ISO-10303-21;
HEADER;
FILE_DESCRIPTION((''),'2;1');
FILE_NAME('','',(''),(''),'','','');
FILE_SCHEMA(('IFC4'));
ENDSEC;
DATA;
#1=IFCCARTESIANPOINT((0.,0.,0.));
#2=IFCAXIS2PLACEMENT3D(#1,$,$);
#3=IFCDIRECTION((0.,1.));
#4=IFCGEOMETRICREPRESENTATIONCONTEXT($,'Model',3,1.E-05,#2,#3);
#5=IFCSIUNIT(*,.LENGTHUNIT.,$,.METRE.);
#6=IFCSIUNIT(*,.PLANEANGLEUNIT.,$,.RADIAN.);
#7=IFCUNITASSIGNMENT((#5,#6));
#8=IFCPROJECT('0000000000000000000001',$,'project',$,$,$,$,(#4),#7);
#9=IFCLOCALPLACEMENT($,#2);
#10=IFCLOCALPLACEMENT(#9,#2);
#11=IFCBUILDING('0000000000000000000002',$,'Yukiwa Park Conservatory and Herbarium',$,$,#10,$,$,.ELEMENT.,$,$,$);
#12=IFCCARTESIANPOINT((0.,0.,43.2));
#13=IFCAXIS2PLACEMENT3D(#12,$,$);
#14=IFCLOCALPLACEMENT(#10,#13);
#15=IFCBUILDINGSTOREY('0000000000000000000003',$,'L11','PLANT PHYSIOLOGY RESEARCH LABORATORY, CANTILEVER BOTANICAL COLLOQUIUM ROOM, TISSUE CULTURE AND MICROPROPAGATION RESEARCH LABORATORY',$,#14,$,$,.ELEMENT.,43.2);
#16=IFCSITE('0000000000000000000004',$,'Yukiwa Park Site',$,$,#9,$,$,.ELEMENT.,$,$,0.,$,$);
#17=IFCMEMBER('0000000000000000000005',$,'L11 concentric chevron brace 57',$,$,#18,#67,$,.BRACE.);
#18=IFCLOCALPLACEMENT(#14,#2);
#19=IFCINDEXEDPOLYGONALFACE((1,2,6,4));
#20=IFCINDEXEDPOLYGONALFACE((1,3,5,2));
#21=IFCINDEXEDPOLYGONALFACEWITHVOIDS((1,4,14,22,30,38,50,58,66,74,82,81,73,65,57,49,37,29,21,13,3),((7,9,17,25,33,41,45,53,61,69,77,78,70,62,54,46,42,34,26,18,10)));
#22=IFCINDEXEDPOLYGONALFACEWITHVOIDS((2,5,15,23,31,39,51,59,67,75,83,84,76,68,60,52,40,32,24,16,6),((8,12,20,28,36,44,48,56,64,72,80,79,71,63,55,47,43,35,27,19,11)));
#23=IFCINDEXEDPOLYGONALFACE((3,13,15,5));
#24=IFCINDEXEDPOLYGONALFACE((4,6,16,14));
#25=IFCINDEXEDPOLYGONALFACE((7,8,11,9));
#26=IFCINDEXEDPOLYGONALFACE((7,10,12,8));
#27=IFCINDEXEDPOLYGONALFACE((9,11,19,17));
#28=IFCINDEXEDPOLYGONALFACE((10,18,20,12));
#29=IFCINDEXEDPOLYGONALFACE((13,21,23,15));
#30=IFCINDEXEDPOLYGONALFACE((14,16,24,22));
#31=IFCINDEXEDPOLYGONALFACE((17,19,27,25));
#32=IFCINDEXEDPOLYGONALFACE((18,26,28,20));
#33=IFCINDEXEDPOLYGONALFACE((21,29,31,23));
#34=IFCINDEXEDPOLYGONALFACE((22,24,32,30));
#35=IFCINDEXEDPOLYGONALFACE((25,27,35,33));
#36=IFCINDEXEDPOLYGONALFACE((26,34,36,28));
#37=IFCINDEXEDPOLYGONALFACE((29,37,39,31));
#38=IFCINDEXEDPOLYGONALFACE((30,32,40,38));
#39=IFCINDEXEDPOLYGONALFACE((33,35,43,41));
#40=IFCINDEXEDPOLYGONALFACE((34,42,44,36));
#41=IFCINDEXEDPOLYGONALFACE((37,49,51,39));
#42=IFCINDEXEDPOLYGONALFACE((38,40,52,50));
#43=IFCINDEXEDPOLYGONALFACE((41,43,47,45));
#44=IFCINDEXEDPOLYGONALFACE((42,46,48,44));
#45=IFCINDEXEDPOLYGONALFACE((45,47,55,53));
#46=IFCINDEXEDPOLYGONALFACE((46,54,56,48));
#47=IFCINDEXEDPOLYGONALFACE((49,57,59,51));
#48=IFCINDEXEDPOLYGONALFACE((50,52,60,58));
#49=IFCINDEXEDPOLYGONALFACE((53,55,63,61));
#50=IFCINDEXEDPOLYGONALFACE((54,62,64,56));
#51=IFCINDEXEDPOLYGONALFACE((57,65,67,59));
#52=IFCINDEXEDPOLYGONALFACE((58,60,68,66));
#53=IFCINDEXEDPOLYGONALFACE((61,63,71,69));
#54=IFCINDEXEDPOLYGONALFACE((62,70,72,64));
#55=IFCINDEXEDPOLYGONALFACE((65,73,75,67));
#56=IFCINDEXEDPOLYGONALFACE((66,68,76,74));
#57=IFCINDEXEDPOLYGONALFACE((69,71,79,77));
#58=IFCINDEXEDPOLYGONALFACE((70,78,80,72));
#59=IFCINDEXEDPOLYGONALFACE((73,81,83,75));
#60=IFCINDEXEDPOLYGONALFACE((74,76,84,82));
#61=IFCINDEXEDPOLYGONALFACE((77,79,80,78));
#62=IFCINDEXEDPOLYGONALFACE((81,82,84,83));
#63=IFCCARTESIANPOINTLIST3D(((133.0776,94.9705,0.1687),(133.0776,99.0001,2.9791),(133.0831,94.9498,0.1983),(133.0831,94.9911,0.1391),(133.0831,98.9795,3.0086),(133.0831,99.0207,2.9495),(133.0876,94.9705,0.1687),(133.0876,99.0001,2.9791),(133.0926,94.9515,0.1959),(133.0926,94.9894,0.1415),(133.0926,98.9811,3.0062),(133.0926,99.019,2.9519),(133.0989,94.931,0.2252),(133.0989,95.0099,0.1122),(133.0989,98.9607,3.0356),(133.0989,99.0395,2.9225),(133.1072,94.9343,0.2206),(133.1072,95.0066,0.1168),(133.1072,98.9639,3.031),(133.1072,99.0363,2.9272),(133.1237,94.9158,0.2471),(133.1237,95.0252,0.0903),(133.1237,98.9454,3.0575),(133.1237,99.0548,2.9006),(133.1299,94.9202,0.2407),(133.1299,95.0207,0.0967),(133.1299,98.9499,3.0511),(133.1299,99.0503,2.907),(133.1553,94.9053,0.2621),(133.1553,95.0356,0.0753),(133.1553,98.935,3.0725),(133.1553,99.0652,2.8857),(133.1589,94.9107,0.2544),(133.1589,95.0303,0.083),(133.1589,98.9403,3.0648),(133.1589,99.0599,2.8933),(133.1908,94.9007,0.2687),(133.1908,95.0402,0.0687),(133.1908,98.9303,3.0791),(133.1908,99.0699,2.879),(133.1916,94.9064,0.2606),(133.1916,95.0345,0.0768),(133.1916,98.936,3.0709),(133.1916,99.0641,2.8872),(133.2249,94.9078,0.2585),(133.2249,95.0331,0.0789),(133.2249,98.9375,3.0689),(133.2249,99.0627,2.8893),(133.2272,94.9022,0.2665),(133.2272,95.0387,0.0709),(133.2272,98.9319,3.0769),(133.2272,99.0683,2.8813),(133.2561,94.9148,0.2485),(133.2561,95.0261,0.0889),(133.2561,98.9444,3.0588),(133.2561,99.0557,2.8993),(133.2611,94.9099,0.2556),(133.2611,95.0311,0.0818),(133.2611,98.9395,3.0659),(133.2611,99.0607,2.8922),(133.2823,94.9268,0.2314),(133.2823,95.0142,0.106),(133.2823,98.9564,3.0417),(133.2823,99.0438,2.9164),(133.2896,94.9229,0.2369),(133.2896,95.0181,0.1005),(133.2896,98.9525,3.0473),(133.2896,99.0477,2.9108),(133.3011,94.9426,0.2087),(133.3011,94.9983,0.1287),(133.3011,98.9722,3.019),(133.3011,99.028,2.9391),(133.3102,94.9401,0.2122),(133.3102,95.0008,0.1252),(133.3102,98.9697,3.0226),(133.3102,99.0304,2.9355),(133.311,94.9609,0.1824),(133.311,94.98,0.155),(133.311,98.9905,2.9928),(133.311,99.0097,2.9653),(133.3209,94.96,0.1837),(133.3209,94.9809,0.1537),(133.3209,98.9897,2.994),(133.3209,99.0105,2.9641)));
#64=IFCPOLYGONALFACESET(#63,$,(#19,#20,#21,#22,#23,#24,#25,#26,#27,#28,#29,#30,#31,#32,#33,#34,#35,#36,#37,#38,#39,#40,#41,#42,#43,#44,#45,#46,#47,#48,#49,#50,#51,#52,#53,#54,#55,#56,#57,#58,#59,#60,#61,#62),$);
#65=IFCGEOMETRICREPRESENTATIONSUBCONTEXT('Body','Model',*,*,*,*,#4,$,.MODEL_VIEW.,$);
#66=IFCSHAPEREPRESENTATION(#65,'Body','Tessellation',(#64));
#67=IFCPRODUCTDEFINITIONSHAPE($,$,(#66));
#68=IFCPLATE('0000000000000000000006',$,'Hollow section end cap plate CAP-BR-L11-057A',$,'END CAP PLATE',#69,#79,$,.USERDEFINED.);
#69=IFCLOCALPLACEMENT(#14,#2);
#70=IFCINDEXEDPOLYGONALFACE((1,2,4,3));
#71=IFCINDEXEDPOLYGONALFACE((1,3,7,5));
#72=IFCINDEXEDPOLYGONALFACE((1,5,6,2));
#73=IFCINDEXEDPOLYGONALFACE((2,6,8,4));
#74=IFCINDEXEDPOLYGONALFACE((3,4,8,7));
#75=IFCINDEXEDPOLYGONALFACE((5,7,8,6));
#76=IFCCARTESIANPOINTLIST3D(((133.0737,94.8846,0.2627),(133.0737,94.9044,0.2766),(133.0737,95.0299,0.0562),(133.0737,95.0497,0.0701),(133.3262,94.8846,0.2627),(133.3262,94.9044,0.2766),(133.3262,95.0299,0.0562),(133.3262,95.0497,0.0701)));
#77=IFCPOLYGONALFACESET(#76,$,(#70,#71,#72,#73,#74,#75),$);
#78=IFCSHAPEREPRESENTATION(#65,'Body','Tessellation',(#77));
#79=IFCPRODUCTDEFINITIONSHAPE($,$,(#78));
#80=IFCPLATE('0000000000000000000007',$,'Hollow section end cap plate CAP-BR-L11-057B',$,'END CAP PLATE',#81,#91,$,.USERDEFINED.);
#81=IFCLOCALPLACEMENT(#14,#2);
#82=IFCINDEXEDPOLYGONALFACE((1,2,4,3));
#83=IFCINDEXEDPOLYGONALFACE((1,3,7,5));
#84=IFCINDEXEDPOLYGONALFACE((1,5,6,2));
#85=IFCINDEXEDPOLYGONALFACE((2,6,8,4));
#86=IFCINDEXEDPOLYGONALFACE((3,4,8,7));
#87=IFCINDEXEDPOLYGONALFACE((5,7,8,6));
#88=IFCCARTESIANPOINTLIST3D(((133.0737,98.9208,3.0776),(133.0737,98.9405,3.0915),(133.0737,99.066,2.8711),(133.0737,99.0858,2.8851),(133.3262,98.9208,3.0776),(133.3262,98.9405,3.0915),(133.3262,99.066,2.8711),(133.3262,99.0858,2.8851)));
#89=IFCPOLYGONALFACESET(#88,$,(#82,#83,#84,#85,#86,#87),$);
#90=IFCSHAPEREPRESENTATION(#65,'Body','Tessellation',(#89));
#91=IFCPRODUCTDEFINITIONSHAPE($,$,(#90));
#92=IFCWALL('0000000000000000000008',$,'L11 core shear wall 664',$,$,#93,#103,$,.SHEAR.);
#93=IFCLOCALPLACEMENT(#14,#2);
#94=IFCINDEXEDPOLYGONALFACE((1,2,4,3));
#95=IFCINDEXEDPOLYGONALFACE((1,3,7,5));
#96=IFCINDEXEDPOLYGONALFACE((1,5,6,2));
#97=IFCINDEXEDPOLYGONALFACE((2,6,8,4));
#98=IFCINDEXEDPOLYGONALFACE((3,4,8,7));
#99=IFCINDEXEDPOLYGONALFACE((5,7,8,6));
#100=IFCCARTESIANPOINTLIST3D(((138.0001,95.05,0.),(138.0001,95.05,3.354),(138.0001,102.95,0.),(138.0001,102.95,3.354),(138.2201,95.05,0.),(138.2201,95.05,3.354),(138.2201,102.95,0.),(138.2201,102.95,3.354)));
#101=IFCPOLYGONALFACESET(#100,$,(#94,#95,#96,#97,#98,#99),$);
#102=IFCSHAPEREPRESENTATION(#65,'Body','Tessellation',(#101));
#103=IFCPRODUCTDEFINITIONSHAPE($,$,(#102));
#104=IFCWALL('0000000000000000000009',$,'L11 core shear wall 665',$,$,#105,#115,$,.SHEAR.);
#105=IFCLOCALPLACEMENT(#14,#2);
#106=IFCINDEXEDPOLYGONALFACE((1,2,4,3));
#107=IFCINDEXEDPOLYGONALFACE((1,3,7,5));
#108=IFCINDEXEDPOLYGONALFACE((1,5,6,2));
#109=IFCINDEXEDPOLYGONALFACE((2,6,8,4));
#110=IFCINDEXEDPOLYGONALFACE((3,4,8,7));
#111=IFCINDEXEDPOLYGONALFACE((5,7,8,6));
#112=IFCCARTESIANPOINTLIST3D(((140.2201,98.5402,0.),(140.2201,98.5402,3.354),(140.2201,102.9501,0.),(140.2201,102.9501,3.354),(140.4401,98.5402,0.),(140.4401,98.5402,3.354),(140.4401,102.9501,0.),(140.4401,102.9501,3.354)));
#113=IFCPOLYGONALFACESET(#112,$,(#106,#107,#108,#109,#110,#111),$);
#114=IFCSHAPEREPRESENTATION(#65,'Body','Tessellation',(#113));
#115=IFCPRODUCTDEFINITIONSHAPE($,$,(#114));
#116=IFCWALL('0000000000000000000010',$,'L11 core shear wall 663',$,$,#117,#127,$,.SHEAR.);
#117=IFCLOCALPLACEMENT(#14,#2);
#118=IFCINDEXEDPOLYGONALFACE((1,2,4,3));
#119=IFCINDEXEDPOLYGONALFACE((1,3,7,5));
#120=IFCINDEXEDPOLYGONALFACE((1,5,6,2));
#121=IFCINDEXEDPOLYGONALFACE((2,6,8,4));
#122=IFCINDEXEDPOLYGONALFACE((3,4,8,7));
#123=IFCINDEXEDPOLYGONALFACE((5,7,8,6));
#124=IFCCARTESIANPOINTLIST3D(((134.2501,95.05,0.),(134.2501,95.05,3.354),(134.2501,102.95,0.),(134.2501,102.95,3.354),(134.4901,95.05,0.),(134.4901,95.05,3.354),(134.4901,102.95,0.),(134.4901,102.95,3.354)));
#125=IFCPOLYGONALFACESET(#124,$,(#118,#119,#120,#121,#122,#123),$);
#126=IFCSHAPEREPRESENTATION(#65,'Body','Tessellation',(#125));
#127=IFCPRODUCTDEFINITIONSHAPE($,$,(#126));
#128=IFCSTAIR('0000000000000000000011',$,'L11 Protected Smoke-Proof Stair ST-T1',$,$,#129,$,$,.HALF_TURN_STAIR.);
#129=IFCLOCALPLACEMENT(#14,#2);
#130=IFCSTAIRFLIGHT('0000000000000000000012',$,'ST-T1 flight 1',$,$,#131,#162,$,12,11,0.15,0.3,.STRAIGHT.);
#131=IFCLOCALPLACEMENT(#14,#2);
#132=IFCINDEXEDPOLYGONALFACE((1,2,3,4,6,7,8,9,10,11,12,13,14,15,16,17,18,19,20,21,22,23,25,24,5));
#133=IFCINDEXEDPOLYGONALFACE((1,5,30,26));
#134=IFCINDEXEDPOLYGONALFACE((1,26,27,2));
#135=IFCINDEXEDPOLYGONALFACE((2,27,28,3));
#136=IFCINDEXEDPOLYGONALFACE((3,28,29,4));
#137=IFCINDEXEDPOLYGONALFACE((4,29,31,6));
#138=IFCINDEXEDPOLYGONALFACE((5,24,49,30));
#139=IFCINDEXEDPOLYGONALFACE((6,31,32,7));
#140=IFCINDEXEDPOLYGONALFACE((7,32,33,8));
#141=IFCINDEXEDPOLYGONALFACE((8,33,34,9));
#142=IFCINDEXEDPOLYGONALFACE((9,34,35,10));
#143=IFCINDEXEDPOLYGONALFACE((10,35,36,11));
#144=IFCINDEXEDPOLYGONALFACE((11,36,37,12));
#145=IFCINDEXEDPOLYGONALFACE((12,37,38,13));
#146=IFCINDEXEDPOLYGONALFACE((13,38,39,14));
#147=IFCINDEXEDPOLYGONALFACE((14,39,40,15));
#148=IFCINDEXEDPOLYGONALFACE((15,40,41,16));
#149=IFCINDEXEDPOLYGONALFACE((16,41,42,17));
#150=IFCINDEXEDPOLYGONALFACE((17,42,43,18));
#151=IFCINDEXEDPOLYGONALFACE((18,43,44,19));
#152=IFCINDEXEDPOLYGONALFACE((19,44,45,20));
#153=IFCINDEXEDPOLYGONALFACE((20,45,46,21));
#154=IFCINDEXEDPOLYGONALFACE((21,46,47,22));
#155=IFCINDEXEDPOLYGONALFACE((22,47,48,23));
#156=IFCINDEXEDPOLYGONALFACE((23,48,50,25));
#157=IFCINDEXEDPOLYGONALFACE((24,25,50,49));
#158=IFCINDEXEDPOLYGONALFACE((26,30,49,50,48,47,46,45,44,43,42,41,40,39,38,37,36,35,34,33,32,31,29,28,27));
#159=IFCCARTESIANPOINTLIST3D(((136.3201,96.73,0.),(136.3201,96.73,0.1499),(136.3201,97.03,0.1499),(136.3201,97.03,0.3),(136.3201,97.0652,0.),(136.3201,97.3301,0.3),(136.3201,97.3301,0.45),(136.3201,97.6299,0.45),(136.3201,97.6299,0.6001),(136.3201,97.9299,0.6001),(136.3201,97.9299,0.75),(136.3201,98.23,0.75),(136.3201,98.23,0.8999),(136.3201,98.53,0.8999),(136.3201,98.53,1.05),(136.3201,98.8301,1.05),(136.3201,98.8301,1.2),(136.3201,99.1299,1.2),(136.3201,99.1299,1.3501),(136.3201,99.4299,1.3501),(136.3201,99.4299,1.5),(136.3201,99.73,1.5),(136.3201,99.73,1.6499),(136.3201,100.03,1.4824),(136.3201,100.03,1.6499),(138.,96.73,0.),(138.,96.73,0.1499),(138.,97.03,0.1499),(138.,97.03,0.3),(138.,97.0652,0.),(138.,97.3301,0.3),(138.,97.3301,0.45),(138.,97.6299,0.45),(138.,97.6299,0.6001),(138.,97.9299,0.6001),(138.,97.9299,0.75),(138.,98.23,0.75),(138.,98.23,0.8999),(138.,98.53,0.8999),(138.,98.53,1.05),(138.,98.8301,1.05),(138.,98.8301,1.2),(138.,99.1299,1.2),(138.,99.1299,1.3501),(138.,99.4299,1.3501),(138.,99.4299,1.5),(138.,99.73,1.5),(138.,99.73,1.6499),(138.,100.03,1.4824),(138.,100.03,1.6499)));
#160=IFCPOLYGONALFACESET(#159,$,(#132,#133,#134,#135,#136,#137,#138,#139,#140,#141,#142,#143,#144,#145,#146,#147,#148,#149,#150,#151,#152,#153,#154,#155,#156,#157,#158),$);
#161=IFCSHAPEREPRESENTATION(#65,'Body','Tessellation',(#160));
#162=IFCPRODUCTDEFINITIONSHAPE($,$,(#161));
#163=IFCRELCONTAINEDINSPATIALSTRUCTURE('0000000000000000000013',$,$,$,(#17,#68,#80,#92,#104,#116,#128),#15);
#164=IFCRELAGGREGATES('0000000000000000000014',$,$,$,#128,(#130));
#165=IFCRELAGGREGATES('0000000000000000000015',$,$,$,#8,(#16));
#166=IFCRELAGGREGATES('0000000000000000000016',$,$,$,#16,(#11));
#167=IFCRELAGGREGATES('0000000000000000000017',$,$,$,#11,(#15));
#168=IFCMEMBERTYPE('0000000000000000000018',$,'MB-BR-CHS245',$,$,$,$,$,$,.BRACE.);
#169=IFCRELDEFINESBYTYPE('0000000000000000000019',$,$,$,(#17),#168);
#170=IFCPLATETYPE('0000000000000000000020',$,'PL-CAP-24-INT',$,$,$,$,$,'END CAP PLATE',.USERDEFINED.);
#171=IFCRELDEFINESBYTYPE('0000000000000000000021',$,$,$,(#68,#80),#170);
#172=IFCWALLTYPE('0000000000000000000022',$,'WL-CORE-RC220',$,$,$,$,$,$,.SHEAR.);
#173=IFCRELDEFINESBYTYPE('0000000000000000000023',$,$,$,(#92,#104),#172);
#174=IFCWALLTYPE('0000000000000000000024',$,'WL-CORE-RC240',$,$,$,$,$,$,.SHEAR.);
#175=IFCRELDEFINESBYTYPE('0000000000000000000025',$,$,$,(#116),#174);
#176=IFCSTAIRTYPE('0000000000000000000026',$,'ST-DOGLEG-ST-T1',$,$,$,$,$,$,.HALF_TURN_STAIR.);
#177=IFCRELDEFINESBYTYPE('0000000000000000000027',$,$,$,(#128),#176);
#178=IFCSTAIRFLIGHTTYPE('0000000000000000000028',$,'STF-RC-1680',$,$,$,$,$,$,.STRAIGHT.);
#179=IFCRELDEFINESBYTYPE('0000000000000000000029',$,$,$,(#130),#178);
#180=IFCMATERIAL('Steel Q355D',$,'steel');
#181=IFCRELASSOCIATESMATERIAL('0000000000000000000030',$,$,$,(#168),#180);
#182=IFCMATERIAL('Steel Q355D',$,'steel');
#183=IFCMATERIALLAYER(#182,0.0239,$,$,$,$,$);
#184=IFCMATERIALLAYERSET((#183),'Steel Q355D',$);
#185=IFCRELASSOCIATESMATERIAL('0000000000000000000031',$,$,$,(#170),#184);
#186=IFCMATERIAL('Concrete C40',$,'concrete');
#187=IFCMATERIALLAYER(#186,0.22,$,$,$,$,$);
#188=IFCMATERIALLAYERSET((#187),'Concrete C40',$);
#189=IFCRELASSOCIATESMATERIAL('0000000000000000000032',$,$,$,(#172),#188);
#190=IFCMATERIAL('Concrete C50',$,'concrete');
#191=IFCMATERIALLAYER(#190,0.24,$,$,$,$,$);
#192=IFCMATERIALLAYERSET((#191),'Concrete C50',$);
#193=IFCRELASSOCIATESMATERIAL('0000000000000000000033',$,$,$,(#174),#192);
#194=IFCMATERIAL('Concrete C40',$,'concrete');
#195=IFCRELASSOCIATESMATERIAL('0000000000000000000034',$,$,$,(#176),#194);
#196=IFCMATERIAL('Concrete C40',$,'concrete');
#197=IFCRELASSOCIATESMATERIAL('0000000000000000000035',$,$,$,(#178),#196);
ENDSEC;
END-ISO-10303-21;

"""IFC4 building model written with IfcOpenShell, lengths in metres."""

from ifc_helpers import new_model, si_unit, direction, frame, frame_2d, origin, origin_2d, place, context, subcontext, project, spatial, polyline, rectangle, hollow_circle, outline, extrude, material, layer, layer_set, material_profile, profile_set, type_object, element, aggregate, save


model = new_model("IFC4")

# Units and contexts
model_context = context("Model", 3, precision=1e-05, world=origin(), true_north=direction((0.0, 1.0)))
body_context = subcontext(model_context, "Body", "Model", "MODEL_VIEW")
ifc_project = project(units=[si_unit("LENGTHUNIT", "METRE"), si_unit("PLANEANGLEUNIT", "RADIAN")], contexts=[model_context])

# Site, building, storey
site_placement = place(None, origin())
site = spatial("IfcSite", under=ifc_project, at=site_placement, Name="Yukiwa Park Site", CompositionType="ELEMENT", RefElevation=0.0)
building_placement = place(site_placement, origin())
building = spatial("IfcBuilding", under=site, at=building_placement, Name="Yukiwa Park Conservatory and Herbarium", CompositionType="ELEMENT")
storey_placement = place(building_placement, frame((0.0, 0.0, 43.2)))
storey = spatial("IfcBuildingStorey", under=building, at=storey_placement, Name="L11", Description="PLANT PHYSIOLOGY RESEARCH LABORATORY, CANTILEVER BOTANICAL COLLOQUIUM ROOM, TISSUE CULTURE AND MICROPROPAGATION RESEARCH LABORATORY", CompositionType="ELEMENT", Elevation=43.2)

# Member
ifc_material_1 = material(Name="Steel Q355D", Category="steel")
ifc_material_profile_1 = material_profile(ifc_material_1, hollow_circle(Radius=0.1223, WallThickness=0.01, at=origin_2d()), Name="CHS 244.5x10")
ifc_profile_set_1 = profile_set([ifc_material_profile_1], Name="Steel Q355D")
member_type = type_object("IfcMemberType", Name="MB-BR-CHS245", PredefinedType="BRACE", material=ifc_profile_set_1)
member_placement = place(storey_placement, frame((133.2, 94.9705, 0.1687), z_axis=(0.0, 0.820223, 0.572044), x_axis=(-1.0, 0.0, 0.0)))
element("IfcMember", 1, at=member_placement, inside=storey, type_object=member_type, Name="L11 concentric chevron brace 57", PredefinedType="BRACE", context=body_context, shape_type="SweptSolid", body=[
    extrude(hollow_circle(Radius=0.1223, WallThickness=0.01, at=origin_2d()), origin(), (0.0, 0.0, 1.0), 4.9128),
])

# Plates
ifc_material_2 = material(Name="Steel Q355D", Category="steel")
ifc_layer_1 = layer(ifc_material_2, 0.0239)
ifc_layer_set_1 = layer_set([ifc_layer_1], Name="Steel Q355D")
plate_type = type_object("IfcPlateType", Name="PL-CAP-24-INT", ElementType="END CAP PLATE", PredefinedType="USERDEFINED", material=ifc_layer_set_1)
for number, where, z_axis, x_axis, name in (
    (2, (133.2, 94.9771, 0.1733), (0.0, -0.817806, -0.575493), (1.0, 0.0, 0.0), "Hollow section end cap plate CAP-BR-L11-057A"),
    (3, (133.2, 98.9934, 2.9744), (0.0, 0.817806, 0.575493), (-1.0, 0.0, 0.0), "Hollow section end cap plate CAP-BR-L11-057B"),
):
    element("IfcPlate", number, at=place(storey_placement, frame(where, z_axis=z_axis, x_axis=x_axis)), inside=storey, type_object=plate_type, Name=name, ObjectType="END CAP PLATE", PredefinedType="USERDEFINED", context=body_context, shape_type="SweptSolid", body=[
        extrude(rectangle(XDim=0.2524, YDim=0.2524, at=origin_2d()), origin(), (0.0, 0.0, 1.0), 0.0242),
    ])

# Walls
ifc_material_3 = material(Name="Concrete C40", Category="concrete")
ifc_layer_2 = layer(ifc_material_3, 0.22)
ifc_layer_set_2 = layer_set([ifc_layer_2], Name="Concrete C40")
wall_type_1 = type_object("IfcWallType", Name="WL-CORE-RC220", PredefinedType="SHEAR", material=ifc_layer_set_2)
wall_1_placement = place(storey_placement, frame((138.1101, 95.05, 0.0), z_axis=(0.0, 0.0, 1.0), x_axis=(0.0, 1.0, 0.0)))
element("IfcWall", 4, at=wall_1_placement, inside=storey, type_object=wall_type_1, Name="L11 core shear wall 664", PredefinedType="SHEAR", context=body_context, shape_type="SweptSolid", body=[
    extrude(rectangle(XDim=7.8999, YDim=0.22, at=frame_2d((3.95, 0.0))), origin(), (0.0, 0.0, 1.0), 3.354),
])
wall_2_placement = place(storey_placement, frame((140.3301, 98.54, 0.0), z_axis=(0.0, 0.0, 1.0), x_axis=(0.0, 1.0, 0.0)))
element("IfcWall", 5, at=wall_2_placement, inside=storey, type_object=wall_type_1, Name="L11 core shear wall 665", PredefinedType="SHEAR", context=body_context, shape_type="SweptSolid", body=[
    extrude(rectangle(XDim=4.4099, YDim=0.22, at=frame_2d((2.2051, 0.0))), origin(), (0.0, 0.0, 1.0), 3.354),
])

# Shared definitions
ifc_material_4 = material(Name="Concrete C50", Category="concrete")
ifc_layer_3 = layer(ifc_material_4, 0.24)
ifc_layer_set_3 = layer_set([ifc_layer_3], Name="Concrete C50")
wall_type_2 = type_object("IfcWallType", Name="WL-CORE-RC240", PredefinedType="SHEAR", material=ifc_layer_set_3)

# Wall
wall_3_placement = place(storey_placement, frame((134.3701, 95.05, 0.0), z_axis=(0.0, 0.0, 1.0), x_axis=(0.0, 1.0, 0.0)))
element("IfcWall", 6, at=wall_3_placement, inside=storey, type_object=wall_type_2, Name="L11 core shear wall 663", PredefinedType="SHEAR", context=body_context, shape_type="SweptSolid", body=[
    extrude(rectangle(XDim=7.8999, YDim=0.24, at=frame_2d((3.95, 0.0))), origin(), (0.0, 0.0, 1.0), 3.354),
])

# Stair, stair flight
ifc_material_5 = material(Name="Concrete C40", Category="concrete")
stair_type = type_object("IfcStairType", Name="ST-DOGLEG-ST-T1", PredefinedType="HALF_TURN_STAIR", material=ifc_material_5)
stair_placement = place(storey_placement, origin())
stair = element("IfcStair", 7, at=stair_placement, inside=storey, type_object=stair_type, Name="L11 Protected Smoke-Proof Stair ST-T1", PredefinedType="HALF_TURN_STAIR")
ifc_material_6 = material(Name="Concrete C40", Category="concrete")
stair_flight_type = type_object("IfcStairFlightType", Name="STF-RC-1680", PredefinedType="STRAIGHT", material=ifc_material_6)
stair_flight_1_placement = place(storey_placement, frame((137.1599, 96.73, 0.0), z_axis=(0.0, 0.0, 1.0), x_axis=(0.0, 1.0, 0.0)))
stair_flight_1 = element("IfcStairFlight", 8, at=stair_flight_1_placement, type_object=stair_flight_type, Name="ST-T1 flight 1", NumberOfRisers=12, NumberOfTreads=11, PredefinedType="STRAIGHT", RiserHeight=0.15, TreadLength=0.3, context=body_context, shape_type="SweptSolid", body=[
    extrude(outline(polyline([(0.0, 0.0), (0.0, 0.1499), (0.3, 0.1499), (0.3, 0.3), (0.6001, 0.3), (0.6001, 0.45), (0.8999, 0.45), (0.8999, 0.6001), (1.2, 0.6001), (1.2, 0.75), (1.5, 0.75), (1.5, 0.8999), (1.8, 0.8999), (1.8, 1.05), (2.1001, 1.05), (2.1001, 1.2), (2.3999, 1.2), (2.3999, 1.3501), (2.7, 1.3501), (2.7, 1.5), (3.0, 1.5), (3.0, 1.6499), (3.3, 1.6499), (3.3, 1.8), (3.3, 1.4824), (0.3352, 0.0), (0.0, 0.0)])), frame((0.0, 0.8398, 0.0), z_axis=(0.0, -1.0, 0.0), x_axis=(1.0, 0.0, 0.0)), (0.0, 0.0, 1.0), 1.6799),
])
aggregate(stair, [stair_flight_1])

save(model, "model.ifc")
